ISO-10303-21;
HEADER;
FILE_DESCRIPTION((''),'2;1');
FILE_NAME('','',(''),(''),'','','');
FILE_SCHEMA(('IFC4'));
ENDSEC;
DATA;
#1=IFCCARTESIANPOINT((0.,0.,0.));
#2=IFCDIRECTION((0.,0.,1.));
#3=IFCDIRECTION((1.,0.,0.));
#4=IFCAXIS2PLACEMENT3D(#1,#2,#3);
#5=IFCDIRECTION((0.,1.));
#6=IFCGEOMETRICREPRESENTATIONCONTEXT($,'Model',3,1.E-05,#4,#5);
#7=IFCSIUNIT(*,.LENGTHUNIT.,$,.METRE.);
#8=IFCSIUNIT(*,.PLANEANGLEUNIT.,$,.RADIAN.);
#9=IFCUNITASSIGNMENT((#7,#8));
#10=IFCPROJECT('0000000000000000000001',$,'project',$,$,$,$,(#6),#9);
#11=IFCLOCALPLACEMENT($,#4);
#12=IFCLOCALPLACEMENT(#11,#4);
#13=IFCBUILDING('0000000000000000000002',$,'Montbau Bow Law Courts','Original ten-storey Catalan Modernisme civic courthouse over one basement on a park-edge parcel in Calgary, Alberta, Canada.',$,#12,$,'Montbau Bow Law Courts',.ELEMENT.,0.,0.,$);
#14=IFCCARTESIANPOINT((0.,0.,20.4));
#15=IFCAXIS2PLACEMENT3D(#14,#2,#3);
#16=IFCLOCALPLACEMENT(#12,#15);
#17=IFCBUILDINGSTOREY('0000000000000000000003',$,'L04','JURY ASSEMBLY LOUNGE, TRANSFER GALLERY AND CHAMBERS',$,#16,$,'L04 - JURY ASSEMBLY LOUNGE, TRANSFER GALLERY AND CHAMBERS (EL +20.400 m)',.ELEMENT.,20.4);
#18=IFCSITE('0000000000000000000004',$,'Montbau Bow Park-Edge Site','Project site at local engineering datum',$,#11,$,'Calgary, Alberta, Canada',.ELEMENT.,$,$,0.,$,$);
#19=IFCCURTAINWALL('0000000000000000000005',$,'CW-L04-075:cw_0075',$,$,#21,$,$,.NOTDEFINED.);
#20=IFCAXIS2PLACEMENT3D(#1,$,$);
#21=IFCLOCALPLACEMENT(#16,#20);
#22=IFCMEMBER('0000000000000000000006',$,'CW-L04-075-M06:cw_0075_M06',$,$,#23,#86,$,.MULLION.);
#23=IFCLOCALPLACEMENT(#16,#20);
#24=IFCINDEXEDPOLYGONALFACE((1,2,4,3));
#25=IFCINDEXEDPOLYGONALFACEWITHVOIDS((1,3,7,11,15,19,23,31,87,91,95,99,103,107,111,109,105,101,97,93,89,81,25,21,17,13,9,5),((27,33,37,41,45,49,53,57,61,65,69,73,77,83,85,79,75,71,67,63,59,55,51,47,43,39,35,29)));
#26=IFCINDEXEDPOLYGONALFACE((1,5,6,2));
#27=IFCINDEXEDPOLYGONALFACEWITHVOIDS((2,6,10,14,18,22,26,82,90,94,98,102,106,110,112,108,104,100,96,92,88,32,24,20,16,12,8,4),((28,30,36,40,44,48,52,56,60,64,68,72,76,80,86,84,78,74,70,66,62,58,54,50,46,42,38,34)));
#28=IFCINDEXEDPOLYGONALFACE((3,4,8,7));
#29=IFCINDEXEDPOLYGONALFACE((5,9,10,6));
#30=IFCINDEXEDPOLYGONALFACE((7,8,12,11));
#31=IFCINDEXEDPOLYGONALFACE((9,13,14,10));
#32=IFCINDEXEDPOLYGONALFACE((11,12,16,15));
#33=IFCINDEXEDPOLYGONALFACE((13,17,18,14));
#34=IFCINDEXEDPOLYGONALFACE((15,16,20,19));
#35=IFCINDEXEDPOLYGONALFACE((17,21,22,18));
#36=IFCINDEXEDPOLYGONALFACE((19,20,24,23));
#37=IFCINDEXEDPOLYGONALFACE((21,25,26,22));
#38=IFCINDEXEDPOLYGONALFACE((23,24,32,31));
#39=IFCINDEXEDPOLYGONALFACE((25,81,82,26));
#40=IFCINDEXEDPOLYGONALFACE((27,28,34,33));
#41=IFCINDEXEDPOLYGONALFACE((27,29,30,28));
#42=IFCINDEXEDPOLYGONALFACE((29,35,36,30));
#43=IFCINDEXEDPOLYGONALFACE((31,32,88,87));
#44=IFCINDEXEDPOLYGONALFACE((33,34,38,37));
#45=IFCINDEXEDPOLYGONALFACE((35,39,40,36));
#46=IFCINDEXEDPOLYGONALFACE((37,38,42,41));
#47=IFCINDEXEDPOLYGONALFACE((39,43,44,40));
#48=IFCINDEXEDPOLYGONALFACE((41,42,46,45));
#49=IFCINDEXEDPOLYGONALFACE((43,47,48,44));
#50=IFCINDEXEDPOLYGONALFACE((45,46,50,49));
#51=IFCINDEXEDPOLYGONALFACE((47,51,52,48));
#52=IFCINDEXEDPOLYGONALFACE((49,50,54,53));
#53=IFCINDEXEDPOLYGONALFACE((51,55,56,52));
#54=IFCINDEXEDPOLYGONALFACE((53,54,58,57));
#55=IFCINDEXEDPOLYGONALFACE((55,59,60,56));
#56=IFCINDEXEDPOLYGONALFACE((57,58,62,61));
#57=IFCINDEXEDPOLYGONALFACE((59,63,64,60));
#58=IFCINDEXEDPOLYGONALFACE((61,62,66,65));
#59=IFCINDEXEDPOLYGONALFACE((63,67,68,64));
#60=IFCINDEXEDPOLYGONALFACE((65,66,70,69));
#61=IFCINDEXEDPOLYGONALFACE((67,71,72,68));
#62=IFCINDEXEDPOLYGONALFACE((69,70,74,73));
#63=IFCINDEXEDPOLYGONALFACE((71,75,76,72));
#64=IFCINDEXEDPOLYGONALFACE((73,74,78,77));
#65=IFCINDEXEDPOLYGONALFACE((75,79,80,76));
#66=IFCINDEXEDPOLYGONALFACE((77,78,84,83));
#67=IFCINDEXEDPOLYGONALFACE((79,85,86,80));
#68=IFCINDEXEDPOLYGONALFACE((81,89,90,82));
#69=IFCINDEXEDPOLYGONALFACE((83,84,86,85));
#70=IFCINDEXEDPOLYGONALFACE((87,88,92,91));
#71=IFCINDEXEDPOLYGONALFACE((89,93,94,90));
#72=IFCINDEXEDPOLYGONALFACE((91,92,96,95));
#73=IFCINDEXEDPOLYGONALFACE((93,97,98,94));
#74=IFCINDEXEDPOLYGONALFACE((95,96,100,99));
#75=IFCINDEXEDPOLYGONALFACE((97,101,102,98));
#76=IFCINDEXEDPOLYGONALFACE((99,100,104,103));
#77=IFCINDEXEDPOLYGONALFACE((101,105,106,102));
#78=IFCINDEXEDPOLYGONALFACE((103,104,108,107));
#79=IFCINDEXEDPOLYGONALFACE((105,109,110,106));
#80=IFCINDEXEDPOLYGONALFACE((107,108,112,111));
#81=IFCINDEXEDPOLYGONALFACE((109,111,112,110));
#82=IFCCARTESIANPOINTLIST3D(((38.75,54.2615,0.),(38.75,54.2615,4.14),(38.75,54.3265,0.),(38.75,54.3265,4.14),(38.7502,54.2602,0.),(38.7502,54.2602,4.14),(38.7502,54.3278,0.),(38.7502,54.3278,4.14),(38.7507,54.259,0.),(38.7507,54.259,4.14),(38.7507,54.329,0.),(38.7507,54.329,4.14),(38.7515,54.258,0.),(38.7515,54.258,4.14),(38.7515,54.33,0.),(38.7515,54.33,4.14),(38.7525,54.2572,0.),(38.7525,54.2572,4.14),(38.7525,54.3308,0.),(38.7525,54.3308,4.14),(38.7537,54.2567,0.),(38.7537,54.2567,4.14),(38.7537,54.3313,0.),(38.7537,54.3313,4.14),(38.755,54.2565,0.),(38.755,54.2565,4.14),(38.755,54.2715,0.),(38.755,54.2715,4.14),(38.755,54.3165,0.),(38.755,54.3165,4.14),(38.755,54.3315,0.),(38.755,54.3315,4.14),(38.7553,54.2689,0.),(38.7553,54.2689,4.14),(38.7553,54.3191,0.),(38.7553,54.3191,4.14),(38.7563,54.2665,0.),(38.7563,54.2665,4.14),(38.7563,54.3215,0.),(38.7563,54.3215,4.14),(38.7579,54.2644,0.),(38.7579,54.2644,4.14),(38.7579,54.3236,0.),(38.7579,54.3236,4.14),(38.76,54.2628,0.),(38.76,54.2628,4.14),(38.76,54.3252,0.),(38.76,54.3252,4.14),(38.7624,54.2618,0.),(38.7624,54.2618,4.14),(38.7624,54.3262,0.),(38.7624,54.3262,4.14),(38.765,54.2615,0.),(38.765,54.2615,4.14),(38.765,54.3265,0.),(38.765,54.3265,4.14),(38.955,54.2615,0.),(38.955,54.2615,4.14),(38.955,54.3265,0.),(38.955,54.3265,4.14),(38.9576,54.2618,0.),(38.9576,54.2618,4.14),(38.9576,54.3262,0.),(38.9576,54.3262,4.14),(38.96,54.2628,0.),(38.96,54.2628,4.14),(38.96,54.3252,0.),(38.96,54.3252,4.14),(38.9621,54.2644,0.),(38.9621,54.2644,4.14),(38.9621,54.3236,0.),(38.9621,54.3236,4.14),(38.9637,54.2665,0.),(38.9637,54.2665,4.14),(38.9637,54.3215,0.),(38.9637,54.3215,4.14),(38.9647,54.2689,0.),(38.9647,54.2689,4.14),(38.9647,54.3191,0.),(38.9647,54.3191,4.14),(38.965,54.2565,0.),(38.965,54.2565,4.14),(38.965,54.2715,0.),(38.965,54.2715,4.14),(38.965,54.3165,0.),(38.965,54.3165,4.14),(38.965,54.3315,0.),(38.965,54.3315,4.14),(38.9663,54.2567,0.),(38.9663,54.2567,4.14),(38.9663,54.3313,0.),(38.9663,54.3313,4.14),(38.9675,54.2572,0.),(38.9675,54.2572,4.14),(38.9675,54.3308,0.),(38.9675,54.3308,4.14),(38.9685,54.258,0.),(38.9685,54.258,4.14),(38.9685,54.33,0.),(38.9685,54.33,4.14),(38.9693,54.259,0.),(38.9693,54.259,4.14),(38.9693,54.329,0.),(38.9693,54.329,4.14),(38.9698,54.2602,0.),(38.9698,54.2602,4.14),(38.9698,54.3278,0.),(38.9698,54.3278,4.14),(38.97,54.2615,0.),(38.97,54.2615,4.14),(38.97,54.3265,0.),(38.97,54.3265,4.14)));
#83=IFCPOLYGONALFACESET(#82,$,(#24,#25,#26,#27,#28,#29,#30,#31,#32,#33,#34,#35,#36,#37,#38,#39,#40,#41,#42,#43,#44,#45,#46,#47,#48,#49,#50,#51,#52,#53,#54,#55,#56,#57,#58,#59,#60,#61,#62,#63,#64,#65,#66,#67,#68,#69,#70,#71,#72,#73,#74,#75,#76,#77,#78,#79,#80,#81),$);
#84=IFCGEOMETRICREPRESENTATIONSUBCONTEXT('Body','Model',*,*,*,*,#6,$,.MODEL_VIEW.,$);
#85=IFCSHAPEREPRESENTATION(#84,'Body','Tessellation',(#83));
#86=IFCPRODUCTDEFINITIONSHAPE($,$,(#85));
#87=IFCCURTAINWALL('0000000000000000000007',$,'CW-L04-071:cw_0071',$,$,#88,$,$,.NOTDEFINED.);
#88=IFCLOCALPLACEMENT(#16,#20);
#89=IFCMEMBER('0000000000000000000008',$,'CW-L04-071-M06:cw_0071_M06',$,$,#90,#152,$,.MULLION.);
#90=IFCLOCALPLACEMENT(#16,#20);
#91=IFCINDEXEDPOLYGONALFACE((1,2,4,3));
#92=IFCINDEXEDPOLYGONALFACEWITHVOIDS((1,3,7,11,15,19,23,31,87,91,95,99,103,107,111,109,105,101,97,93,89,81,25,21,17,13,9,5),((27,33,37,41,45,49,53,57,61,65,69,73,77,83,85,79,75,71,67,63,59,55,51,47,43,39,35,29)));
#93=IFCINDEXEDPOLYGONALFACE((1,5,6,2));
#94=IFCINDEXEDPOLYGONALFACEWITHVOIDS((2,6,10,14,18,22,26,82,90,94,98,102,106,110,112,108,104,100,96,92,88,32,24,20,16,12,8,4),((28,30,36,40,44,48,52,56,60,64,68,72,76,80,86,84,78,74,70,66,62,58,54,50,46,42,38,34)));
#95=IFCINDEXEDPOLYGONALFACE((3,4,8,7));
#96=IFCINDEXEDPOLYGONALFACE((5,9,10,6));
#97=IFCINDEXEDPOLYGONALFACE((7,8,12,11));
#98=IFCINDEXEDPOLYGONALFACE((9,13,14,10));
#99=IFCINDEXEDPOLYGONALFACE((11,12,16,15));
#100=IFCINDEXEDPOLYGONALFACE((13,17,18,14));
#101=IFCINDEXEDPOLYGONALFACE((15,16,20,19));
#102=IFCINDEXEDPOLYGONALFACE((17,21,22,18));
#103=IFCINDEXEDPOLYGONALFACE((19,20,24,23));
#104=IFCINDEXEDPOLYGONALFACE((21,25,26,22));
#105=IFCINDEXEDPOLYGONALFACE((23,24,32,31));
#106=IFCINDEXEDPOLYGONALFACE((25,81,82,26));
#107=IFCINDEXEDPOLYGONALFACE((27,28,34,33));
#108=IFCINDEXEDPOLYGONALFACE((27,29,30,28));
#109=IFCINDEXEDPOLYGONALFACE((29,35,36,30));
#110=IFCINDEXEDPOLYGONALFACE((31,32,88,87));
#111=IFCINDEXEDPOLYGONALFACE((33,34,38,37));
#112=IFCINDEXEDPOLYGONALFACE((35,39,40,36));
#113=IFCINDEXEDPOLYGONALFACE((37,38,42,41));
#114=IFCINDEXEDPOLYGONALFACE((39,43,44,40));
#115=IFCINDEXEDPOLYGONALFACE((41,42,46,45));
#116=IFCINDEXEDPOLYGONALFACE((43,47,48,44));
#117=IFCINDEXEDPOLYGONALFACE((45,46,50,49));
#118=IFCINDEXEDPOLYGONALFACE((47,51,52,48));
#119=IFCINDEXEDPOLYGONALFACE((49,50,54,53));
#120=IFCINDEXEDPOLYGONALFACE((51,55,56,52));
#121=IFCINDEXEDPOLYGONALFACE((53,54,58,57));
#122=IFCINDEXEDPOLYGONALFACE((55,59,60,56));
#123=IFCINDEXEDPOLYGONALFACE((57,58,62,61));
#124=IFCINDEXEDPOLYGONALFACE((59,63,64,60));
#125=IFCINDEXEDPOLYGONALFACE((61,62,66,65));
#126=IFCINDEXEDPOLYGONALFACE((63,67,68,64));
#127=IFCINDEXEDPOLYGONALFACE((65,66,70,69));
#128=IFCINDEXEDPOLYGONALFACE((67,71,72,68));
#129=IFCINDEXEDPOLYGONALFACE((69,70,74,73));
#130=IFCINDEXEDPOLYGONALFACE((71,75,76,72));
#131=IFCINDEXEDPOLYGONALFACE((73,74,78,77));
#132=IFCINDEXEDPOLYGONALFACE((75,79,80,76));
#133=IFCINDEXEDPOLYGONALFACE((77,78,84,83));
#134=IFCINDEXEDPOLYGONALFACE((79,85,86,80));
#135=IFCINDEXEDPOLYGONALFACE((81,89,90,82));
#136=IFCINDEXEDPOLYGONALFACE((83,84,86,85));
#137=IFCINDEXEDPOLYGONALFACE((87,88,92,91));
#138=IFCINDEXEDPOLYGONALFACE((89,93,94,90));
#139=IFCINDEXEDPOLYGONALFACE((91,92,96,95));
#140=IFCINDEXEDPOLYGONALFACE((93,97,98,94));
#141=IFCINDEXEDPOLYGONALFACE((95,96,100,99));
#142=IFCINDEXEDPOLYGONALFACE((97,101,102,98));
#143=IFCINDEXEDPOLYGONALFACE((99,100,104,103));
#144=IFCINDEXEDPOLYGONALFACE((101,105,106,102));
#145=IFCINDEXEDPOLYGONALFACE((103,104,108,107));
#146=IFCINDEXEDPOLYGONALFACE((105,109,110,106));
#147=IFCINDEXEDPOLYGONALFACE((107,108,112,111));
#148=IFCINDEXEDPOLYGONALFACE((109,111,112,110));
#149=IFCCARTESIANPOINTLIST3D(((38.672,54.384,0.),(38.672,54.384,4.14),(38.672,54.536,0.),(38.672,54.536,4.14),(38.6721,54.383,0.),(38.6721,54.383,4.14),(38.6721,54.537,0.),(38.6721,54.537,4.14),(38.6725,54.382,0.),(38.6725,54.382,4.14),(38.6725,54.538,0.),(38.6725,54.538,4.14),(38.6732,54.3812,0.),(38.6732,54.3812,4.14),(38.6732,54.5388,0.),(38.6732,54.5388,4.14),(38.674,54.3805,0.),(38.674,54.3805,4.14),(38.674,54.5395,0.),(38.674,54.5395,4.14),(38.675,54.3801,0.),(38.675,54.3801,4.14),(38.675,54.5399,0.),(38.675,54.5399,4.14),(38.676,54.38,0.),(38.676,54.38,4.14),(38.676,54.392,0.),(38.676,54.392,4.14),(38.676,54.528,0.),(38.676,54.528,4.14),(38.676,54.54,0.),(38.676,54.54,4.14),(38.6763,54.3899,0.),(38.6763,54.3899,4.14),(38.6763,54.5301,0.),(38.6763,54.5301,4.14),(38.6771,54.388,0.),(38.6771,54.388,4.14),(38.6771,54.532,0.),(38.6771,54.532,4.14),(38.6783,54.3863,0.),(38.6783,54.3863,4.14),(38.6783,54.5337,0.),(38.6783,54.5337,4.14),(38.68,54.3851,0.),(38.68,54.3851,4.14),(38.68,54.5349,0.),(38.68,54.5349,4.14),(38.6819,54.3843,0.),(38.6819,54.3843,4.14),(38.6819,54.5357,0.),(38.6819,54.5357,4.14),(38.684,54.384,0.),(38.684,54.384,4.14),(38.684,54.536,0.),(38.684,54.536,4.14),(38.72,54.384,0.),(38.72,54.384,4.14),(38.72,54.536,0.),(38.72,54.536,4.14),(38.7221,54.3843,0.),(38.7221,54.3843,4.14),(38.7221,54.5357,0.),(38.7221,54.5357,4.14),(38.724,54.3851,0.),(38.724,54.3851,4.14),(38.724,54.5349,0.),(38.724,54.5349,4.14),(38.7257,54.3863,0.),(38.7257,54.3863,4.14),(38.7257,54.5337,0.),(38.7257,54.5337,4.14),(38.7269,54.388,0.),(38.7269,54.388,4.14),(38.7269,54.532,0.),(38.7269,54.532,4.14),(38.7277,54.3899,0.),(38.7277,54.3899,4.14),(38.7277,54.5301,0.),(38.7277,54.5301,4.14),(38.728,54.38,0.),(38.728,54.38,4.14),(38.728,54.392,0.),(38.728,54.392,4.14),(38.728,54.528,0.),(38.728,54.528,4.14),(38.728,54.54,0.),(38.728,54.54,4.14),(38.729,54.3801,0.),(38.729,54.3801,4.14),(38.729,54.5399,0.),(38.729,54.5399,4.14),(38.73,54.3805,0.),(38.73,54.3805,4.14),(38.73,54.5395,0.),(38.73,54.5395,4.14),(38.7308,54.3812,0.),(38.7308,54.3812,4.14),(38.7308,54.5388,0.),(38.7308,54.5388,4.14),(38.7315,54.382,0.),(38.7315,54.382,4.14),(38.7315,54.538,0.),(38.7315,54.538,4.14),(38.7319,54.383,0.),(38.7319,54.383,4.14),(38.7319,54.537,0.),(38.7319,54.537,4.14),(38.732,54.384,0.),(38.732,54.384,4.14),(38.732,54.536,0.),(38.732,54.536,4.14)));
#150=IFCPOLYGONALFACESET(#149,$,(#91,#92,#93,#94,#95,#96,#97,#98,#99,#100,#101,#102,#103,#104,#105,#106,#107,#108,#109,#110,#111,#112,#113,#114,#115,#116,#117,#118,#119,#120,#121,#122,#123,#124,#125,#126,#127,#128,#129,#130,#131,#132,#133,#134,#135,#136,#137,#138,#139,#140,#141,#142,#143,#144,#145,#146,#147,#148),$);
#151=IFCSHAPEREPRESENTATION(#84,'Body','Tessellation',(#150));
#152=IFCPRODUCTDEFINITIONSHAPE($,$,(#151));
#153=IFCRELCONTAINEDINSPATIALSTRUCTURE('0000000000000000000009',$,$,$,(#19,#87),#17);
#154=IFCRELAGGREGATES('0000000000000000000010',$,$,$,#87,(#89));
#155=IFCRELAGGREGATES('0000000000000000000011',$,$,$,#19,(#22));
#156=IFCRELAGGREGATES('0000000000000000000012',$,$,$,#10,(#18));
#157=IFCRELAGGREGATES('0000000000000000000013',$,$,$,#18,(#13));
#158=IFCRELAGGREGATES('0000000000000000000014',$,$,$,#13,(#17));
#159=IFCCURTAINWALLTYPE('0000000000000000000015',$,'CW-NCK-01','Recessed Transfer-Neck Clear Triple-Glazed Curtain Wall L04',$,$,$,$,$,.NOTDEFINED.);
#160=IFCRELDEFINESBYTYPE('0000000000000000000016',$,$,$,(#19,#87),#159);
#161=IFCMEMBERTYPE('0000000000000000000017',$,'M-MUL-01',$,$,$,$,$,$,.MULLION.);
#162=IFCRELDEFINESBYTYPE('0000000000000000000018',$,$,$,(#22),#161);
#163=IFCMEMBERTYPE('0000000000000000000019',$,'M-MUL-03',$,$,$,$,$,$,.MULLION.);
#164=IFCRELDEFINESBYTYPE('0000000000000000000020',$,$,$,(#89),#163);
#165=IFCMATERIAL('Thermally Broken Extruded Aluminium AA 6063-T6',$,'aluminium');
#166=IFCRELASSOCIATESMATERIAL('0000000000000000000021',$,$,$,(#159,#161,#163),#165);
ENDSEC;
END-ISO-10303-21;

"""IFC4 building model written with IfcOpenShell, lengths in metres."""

from ifc_helpers import new_model, si_unit, direction, frame, origin_with_axes, origin_2d_with_axis, place, context, subcontext, project, spatial, hollow_rectangle, extrude, material, material_profile, profile_set, type_object, element, aggregate, save


model = new_model("IFC4")

# Units and contexts
model_context = context("Model", 3, precision=1e-05, world=origin_with_axes(), true_north=direction((0.0, 1.0)))
body_context = subcontext(model_context, "Body", "Model", "MODEL_VIEW")
ifc_project = project(units=[si_unit("LENGTHUNIT", "METRE"), si_unit("PLANEANGLEUNIT", "RADIAN")], contexts=[model_context])

# Site, building, storey
site_placement = place(None, origin_with_axes())
site = spatial("IfcSite", under=ifc_project, at=site_placement, Name="Montbau Bow Park-Edge Site", Description="Project site at local engineering datum", LongName="Calgary, Alberta, Canada", CompositionType="ELEMENT", RefElevation=0.0)
building_placement = place(site_placement, origin_with_axes())
building = spatial("IfcBuilding", under=site, at=building_placement, Name="Montbau Bow Law Courts", Description="Original ten-storey Catalan Modernisme civic courthouse over one basement on a park-edge parcel in Calgary, Alberta, Canada.", LongName="Montbau Bow Law Courts", CompositionType="ELEMENT", ElevationOfRefHeight=0.0, ElevationOfTerrain=0.0)
storey_placement = place(building_placement, frame((0.0, 0.0, 20.4), z_axis=(0.0, 0.0, 1.0), x_axis=(1.0, 0.0, 0.0)))
storey = spatial("IfcBuildingStorey", under=building, at=storey_placement, Name="L04", Description="JURY ASSEMBLY LOUNGE, TRANSFER GALLERY AND CHAMBERS", LongName="L04 - JURY ASSEMBLY LOUNGE, TRANSFER GALLERY AND CHAMBERS (EL +20.400 m)", CompositionType="ELEMENT", Elevation=20.4)

# Curtain wall, member
ifc_material_1 = material(Name="Thermally Broken Extruded Aluminium AA 6063-T6", Category="aluminium")
curtain_wall_type = type_object("IfcCurtainWallType", Name="CW-NCK-01", Description="Recessed Transfer-Neck Clear Triple-Glazed Curtain Wall L04", PredefinedType="NOTDEFINED", material=ifc_material_1)
curtain_wall_1_placement = place(None, frame((38.86, 46.468, 20.4), z_axis=(0.0, 0.0, 1.0), x_axis=(1.0, 0.0, 0.0)))
curtain_wall_1 = element("IfcCurtainWall", 1, at=curtain_wall_1_placement, inside=storey, type_object=curtain_wall_type, Name="CW-L04-075:cw_0075", PredefinedType="NOTDEFINED")
ifc_material_profile_1 = material_profile(ifc_material_1, hollow_rectangle(XDim=0.075, YDim=0.22, WallThickness=0.005, InnerFilletRadius=0.01, OuterFilletRadius=0.005, at=origin_2d_with_axis()), Name="CWM-220X75", Category="Main", Priority=0)
ifc_profile_set_1 = profile_set([ifc_material_profile_1], Name="Thermally Broken Extruded Aluminium AA 6063-T6")
member_type_1 = type_object("IfcMemberType", Name="M-MUL-01", PredefinedType="MULLION", material=ifc_profile_set_1)
member_1_placement = place(None, frame((38.86, 54.294, 20.4), z_axis=(0.0, 0.0, 1.0), x_axis=(0.0, 1.0, 0.0)))
member_1 = element("IfcMember", 2, at=member_1_placement, type_object=member_type_1, Name="CW-L04-075-M06:cw_0075_M06", PredefinedType="MULLION", context=body_context, shape_type="SweptSolid", body=[
    extrude(hollow_rectangle(XDim=0.075, YDim=0.22, WallThickness=0.005, InnerFilletRadius=0.01, OuterFilletRadius=0.005, at=origin_2d_with_axis()), origin_with_axes(), (0.0, 0.0, 1.0), 4.14),
])

# Curtain wall, member
curtain_wall_2_placement = place(None, frame((30.867, 54.46, 20.4), z_axis=(0.0, 0.0, 1.0), x_axis=(1.0, 0.0, 0.0)))
curtain_wall_2 = element("IfcCurtainWall", 3, at=curtain_wall_2_placement, inside=storey, type_object=curtain_wall_type, Name="CW-L04-071:cw_0071", PredefinedType="NOTDEFINED")
ifc_material_profile_2 = material_profile(ifc_material_1, hollow_rectangle(XDim=0.06, YDim=0.16, WallThickness=0.004, InnerFilletRadius=0.008, OuterFilletRadius=0.004, at=origin_2d_with_axis()), Name="CWM-160X60", Category="Main", Priority=0)
ifc_profile_set_2 = profile_set([ifc_material_profile_2], Name="Thermally Broken Extruded Aluminium AA 6063-T6")
member_type_2 = type_object("IfcMemberType", Name="M-MUL-03", PredefinedType="MULLION", material=ifc_profile_set_2)
member_2_placement = place(None, frame((38.702, 54.46, 20.4), z_axis=(0.0, 0.0, 1.0), x_axis=(1.0, 0.0, 0.0)))
member_2 = element("IfcMember", 4, at=member_2_placement, type_object=member_type_2, Name="CW-L04-071-M06:cw_0071_M06", PredefinedType="MULLION", context=body_context, shape_type="SweptSolid", body=[
    extrude(hollow_rectangle(XDim=0.06, YDim=0.16, WallThickness=0.004, InnerFilletRadius=0.008, OuterFilletRadius=0.004, at=origin_2d_with_axis()), origin_with_axes(), (0.0, 0.0, 1.0), 4.14),
])
aggregate(curtain_wall_2, [member_2])

aggregate(curtain_wall_1, [member_1])

save(model, "model.ifc")
